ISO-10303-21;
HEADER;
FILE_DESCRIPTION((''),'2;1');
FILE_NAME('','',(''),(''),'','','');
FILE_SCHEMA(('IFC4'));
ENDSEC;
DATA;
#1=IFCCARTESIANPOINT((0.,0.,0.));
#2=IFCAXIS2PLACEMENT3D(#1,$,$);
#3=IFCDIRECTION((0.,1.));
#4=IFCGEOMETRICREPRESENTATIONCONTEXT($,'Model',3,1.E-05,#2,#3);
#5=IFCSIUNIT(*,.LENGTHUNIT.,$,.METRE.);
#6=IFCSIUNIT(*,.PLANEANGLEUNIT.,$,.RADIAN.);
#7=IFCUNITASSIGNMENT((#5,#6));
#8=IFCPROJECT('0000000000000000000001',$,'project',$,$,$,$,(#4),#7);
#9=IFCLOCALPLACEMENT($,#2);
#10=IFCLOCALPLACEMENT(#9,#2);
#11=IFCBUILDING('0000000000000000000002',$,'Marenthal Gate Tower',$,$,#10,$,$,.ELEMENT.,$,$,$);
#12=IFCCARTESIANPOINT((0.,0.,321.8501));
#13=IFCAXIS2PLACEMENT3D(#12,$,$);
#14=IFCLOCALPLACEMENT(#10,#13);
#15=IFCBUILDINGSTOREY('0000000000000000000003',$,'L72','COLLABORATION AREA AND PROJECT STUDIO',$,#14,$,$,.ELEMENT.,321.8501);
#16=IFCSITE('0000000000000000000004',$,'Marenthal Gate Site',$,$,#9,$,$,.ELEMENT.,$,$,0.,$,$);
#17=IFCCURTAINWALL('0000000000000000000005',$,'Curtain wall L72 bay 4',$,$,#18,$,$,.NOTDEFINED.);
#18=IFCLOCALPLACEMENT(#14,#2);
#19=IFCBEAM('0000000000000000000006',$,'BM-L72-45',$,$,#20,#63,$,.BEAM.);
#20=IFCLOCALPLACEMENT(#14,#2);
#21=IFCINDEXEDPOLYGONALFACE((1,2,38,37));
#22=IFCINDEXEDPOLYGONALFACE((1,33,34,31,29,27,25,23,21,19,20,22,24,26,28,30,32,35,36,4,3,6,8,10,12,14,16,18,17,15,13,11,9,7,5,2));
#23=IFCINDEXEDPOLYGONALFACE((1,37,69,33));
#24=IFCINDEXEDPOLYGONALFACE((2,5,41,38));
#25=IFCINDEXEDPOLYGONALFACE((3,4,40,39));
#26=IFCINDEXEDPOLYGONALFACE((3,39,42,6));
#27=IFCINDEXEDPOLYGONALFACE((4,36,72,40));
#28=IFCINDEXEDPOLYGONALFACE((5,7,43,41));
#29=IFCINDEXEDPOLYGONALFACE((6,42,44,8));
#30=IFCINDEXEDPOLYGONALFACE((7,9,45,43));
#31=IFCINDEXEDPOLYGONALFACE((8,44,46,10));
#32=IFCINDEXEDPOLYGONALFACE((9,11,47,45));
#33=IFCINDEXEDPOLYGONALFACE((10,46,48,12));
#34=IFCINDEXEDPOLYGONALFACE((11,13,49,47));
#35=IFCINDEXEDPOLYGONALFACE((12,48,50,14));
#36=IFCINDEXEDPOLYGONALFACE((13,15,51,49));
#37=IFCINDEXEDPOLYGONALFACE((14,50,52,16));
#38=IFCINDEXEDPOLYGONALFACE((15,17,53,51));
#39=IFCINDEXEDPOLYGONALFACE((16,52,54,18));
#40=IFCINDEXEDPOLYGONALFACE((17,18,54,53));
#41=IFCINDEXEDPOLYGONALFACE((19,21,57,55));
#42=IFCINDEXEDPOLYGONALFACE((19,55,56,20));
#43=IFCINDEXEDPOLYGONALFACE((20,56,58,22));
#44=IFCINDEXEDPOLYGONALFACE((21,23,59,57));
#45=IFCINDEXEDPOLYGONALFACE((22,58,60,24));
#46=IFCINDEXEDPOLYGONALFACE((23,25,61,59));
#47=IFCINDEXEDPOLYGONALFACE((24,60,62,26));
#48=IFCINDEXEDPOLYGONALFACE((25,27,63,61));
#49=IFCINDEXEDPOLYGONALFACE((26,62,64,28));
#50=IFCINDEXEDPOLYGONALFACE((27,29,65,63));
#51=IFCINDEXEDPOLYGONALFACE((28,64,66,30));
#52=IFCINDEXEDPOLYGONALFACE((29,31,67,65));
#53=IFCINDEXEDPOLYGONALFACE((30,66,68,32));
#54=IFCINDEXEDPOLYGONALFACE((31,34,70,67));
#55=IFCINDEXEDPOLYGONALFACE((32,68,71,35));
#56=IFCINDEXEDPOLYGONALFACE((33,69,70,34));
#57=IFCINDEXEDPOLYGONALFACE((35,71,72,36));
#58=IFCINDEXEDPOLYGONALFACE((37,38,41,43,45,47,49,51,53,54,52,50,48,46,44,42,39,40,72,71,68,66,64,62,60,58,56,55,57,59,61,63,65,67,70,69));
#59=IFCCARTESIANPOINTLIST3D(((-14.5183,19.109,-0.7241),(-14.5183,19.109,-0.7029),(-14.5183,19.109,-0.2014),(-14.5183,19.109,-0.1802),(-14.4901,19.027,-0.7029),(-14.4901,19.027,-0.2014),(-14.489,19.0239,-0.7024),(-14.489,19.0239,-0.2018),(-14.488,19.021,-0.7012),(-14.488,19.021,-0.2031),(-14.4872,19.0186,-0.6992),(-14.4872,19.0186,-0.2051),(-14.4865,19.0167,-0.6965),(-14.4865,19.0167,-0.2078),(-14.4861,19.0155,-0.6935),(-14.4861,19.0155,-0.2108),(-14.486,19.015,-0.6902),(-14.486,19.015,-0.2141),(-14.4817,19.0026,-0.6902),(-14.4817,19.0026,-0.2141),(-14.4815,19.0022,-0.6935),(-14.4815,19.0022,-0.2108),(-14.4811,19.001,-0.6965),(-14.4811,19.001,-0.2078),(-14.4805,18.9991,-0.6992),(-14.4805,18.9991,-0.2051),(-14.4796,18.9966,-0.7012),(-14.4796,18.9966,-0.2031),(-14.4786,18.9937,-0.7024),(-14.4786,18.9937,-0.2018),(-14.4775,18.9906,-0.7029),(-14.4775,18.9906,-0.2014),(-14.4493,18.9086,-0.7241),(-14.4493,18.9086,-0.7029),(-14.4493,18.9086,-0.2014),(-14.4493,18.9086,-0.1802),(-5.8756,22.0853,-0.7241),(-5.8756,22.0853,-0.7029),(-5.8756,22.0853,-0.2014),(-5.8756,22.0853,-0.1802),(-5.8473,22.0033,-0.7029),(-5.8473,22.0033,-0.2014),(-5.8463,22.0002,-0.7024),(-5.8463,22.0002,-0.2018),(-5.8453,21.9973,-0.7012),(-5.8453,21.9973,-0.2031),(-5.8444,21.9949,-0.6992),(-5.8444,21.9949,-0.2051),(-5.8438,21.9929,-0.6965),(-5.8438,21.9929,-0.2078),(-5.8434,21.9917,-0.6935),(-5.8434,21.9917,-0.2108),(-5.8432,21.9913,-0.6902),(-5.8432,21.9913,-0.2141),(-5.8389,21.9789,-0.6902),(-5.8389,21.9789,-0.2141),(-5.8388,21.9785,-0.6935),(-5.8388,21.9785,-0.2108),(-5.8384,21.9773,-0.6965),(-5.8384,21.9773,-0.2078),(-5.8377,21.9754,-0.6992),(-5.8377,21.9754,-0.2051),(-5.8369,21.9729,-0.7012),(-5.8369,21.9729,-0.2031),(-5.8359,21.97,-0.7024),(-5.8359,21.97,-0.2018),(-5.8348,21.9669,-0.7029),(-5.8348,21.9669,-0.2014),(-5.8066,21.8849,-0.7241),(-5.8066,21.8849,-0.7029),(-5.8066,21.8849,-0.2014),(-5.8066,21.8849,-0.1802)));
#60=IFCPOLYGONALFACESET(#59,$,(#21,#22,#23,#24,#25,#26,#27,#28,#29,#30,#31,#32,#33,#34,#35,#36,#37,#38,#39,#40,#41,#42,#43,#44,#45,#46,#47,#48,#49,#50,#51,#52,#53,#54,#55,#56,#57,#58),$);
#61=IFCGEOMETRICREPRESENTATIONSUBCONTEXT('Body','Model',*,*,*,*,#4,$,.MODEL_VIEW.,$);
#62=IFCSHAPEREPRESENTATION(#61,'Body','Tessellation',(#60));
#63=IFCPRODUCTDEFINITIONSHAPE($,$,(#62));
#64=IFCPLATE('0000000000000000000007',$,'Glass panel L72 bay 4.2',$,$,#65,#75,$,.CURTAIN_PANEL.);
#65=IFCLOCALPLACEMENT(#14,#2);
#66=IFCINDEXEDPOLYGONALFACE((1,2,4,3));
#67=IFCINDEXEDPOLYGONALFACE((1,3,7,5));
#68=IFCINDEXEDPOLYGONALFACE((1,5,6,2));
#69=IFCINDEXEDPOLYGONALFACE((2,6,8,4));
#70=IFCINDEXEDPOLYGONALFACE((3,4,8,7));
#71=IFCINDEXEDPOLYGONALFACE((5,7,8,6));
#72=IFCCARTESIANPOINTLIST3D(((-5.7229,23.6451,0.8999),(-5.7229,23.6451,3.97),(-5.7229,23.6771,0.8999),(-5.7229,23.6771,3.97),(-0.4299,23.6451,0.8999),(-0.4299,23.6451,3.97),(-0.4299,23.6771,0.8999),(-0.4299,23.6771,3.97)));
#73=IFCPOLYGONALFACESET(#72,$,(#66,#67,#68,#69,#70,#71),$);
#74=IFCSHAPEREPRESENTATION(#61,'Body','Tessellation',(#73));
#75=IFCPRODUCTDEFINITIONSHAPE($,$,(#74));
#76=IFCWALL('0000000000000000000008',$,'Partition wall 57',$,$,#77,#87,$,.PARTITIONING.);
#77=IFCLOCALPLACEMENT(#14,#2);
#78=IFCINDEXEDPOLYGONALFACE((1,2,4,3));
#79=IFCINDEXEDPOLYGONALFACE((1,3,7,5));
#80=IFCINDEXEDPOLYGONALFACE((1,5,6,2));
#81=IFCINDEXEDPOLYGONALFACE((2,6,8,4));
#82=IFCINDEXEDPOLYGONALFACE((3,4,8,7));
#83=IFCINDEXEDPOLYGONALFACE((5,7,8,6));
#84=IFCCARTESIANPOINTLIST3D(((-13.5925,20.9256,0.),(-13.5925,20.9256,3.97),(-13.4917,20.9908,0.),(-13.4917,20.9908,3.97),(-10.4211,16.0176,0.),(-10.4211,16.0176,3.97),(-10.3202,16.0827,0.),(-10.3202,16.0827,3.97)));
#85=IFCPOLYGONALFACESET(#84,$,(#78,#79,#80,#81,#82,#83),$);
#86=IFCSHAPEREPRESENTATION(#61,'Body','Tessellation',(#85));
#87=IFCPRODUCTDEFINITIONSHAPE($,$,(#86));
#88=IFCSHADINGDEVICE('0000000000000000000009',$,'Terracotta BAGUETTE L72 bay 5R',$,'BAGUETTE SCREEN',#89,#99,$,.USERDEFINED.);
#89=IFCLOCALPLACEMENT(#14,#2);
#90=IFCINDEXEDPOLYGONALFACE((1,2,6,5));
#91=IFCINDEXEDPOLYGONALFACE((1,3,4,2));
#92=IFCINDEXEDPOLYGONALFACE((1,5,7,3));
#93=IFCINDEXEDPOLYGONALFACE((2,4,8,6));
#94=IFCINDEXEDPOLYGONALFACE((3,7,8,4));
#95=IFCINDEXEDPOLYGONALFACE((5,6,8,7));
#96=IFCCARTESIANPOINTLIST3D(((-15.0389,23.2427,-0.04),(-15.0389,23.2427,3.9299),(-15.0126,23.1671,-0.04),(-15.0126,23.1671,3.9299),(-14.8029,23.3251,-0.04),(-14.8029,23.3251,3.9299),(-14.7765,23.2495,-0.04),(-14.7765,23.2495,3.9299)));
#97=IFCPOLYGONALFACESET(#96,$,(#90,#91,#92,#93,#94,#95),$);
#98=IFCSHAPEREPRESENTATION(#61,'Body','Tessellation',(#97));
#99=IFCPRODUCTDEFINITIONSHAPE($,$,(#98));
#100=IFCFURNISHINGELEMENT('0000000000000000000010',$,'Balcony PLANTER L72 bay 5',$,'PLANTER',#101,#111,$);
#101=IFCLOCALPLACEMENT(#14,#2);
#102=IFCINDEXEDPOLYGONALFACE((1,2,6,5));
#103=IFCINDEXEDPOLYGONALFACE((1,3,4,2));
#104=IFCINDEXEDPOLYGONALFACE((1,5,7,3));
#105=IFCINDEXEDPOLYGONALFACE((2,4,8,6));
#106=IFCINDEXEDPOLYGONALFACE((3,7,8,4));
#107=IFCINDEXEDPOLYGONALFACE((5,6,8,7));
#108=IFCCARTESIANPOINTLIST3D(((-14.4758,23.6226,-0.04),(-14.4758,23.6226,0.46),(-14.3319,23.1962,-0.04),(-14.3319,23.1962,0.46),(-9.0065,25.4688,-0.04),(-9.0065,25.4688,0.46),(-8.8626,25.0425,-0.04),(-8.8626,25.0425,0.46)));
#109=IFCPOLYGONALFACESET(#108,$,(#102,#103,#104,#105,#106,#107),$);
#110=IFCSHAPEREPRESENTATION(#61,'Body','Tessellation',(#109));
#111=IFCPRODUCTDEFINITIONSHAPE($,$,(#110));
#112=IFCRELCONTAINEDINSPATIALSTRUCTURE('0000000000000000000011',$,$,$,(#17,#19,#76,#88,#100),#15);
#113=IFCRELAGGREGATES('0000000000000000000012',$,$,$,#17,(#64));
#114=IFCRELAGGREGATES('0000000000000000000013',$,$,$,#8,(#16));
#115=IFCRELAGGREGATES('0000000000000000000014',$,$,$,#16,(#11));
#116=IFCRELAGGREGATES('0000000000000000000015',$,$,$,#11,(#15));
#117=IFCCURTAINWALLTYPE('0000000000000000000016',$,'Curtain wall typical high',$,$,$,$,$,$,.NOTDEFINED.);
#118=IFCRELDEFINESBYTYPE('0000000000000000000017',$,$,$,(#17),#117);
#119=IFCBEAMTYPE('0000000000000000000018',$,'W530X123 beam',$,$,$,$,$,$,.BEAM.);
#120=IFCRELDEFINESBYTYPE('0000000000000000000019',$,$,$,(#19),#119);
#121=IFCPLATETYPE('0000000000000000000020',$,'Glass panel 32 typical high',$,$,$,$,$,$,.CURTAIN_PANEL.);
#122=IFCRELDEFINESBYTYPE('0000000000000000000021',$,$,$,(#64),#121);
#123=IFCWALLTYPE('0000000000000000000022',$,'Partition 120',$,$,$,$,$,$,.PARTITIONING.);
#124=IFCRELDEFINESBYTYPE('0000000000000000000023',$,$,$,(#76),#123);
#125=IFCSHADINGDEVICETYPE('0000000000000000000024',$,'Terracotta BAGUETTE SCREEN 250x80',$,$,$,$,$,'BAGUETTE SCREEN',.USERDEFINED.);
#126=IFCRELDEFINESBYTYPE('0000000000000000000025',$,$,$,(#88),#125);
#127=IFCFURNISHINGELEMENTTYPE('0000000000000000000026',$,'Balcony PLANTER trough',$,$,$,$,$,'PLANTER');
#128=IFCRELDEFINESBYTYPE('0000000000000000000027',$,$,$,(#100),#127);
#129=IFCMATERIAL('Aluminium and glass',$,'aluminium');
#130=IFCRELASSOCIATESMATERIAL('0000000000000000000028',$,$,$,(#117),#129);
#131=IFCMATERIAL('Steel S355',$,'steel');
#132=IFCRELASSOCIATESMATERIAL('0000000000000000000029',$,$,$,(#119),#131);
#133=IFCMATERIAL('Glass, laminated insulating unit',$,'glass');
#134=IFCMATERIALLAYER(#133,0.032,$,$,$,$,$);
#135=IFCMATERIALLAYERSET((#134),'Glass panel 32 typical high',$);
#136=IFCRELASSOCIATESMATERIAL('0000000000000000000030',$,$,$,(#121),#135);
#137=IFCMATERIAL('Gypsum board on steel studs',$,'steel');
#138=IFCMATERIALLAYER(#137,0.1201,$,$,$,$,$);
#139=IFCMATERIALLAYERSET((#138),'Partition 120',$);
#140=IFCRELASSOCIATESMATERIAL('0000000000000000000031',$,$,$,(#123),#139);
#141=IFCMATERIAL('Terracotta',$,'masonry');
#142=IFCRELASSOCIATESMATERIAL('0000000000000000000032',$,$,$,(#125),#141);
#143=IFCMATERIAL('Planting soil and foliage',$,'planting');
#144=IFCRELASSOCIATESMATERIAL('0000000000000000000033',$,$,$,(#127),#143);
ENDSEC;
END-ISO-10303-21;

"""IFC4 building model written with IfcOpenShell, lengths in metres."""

from ifc_helpers import new_model, si_unit, direction, frame, frame_2d, origin, origin_2d, place, context, subcontext, project, spatial, rectangle, i_section, extrude, material, layer, layer_set, material_profile, profile_set, type_object, element, aggregate, save


model = new_model("IFC4")

# Units and contexts
model_context = context("Model", 3, precision=1e-05, world=origin(), true_north=direction((0.0, 1.0)))
body_context = subcontext(model_context, "Body", "Model", "MODEL_VIEW")
ifc_project = project(units=[si_unit("LENGTHUNIT", "METRE"), si_unit("PLANEANGLEUNIT", "RADIAN")], contexts=[model_context])

# Site, building, storey
site_placement = place(None, origin())
site = spatial("IfcSite", under=ifc_project, at=site_placement, Name="Marenthal Gate Site", CompositionType="ELEMENT", RefElevation=0.0)
building_placement = place(site_placement, origin())
building = spatial("IfcBuilding", under=site, at=building_placement, Name="Marenthal Gate Tower", CompositionType="ELEMENT")
storey_placement = place(building_placement, frame((0.0, 0.0, 321.8501)))
storey = spatial("IfcBuildingStorey", under=building, at=storey_placement, Name="L72", Description="COLLABORATION AREA AND PROJECT STUDIO", CompositionType="ELEMENT", Elevation=321.8501)

# Curtain wall
ifc_material_1 = material(Name="Aluminium and glass", Category="aluminium")
curtain_wall_type = type_object("IfcCurtainWallType", Name="Curtain wall typical high", PredefinedType="NOTDEFINED", material=ifc_material_1)
curtain_wall_placement = place(storey_placement, origin())
curtain_wall = element("IfcCurtainWall", 1, at=curtain_wall_placement, inside=storey, type_object=curtain_wall_type, Name="Curtain wall L72 bay 4", PredefinedType="NOTDEFINED")

# Beam
ifc_material_2 = material(Name="Steel S355", Category="steel")
ifc_material_profile_1 = material_profile(ifc_material_2, i_section(OverallWidth=0.2119, OverallDepth=0.5439, WebThickness=0.0132, FlangeThickness=0.0212, FilletRadius=0.0127, at=origin_2d()), Name="W530X123")
ifc_profile_set_1 = profile_set([ifc_material_profile_1], Name="Steel S355")
beam_type_1 = type_object("IfcBeamType", Name="W530X123 beam", PredefinedType="BEAM", material=ifc_profile_set_1)
beam_1_placement = place(storey_placement, frame((-5.8411, 21.9851, -0.4521), z_axis=(-0.945507, -0.325603, 0.0), x_axis=(0.325603, -0.945507, 0.0)))
element("IfcBeam", 2, at=beam_1_placement, inside=storey, type_object=beam_type_1, Name="BM-L72-45", PredefinedType="BEAM", context=body_context, shape_type="SweptSolid", body=[
    extrude(i_section(OverallWidth=0.2119, OverallDepth=0.5439, WebThickness=0.0132, FlangeThickness=0.0212, FilletRadius=0.0127, at=origin_2d()), origin(), (0.0, 0.0, 1.0), 9.1409),
])

# Plate
ifc_material_3 = material(Name="Glass, laminated insulating unit", Category="glass")
ifc_layer_1 = layer(ifc_material_3, 0.032)
ifc_layer_set_1 = layer_set([ifc_layer_1], Name="Glass panel 32 typical high")
plate_type = type_object("IfcPlateType", Name="Glass panel 32 typical high", PredefinedType="CURTAIN_PANEL", material=ifc_layer_set_1)
plate_placement = place(storey_placement, frame((-3.0764, 23.6611, 0.8999), z_axis=(0.0, 0.0, 1.0), x_axis=(-1.0, 0.0, 0.0)))
plate = element("IfcPlate", 3, at=plate_placement, type_object=plate_type, Name="Glass panel L72 bay 4.2", PredefinedType="CURTAIN_PANEL", context=body_context, shape_type="SweptSolid", body=[
    extrude(rectangle(XDim=5.293, YDim=0.032, at=origin_2d()), origin(), (0.0, 0.0, 1.0), 3.0701),
])
aggregate(curtain_wall, [plate])

# Wall
ifc_material_4 = material(Name="Gypsum board on steel studs", Category="steel")
ifc_layer_2 = layer(ifc_material_4, 0.1201)
ifc_layer_set_2 = layer_set([ifc_layer_2], Name="Partition 120")
wall_type_1 = type_object("IfcWallType", Name="Partition 120", PredefinedType="PARTITIONING", material=ifc_layer_set_2)
wall_1_placement = place(storey_placement, frame((-10.3706, 16.05, 0.0), z_axis=(0.0, 0.0, 1.0), x_axis=(-0.542726, 0.83991, 0.0)))
element("IfcWall", 4, at=wall_1_placement, inside=storey, type_object=wall_type_1, Name="Partition wall 57", PredefinedType="PARTITIONING", context=body_context, shape_type="SweptSolid", body=[
    extrude(rectangle(XDim=5.8435, YDim=0.1201, at=frame_2d((2.9219, 0.0))), origin(), (0.0, 0.0, 1.0), 3.97),
])

# Shading device
ifc_material_5 = material(Name="Terracotta", Category="masonry")
ifc_material_profile_2 = material_profile(ifc_material_5, rectangle(XDim=0.25, YDim=0.0801, at=origin_2d()), Name="Terracotta baguette 250x80")
ifc_profile_set_2 = profile_set([ifc_material_profile_2], Name="Terracotta")
shading_device_type = type_object("IfcShadingDeviceType", Name="Terracotta BAGUETTE SCREEN 250x80", ElementType="BAGUETTE SCREEN", PredefinedType="USERDEFINED", material=ifc_profile_set_2)
shading_device_placement = place(storey_placement, frame((-14.9077, 23.2461, -0.04), z_axis=(0.0, 0.0, 1.0), x_axis=(-0.944214, -0.329333, 0.0)))
element("IfcShadingDevice", 5, at=shading_device_placement, inside=storey, type_object=shading_device_type, Name="Terracotta BAGUETTE L72 bay 5R", ObjectType="BAGUETTE SCREEN", PredefinedType="USERDEFINED", context=body_context, shape_type="SweptSolid", body=[
    extrude(rectangle(XDim=0.25, YDim=0.0801, at=origin_2d()), origin(), (0.0, 0.0, 1.0), 3.97),
])

# Furnishing element
ifc_material_6 = material(Name="Planting soil and foliage", Category="planting")
furnishing_element_type = type_object("IfcFurnishingElementType", Name="Balcony PLANTER trough", ElementType="PLANTER", material=ifc_material_6)
furnishing_placement = place(storey_placement, frame((-11.6692, 24.3325, -0.04), z_axis=(0.0, 0.0, 1.0), x_axis=(-0.947473, -0.319835, 0.0)))
element("IfcFurnishingElement", 6, at=furnishing_placement, inside=storey, type_object=furnishing_element_type, Name="Balcony PLANTER L72 bay 5", ObjectType="PLANTER", context=body_context, shape_type="SweptSolid", body=[
    extrude(rectangle(XDim=5.7725, YDim=0.45, at=origin_2d()), origin(), (0.0, 0.0, 1.0), 0.5),
])

save(model, "model.ifc")
